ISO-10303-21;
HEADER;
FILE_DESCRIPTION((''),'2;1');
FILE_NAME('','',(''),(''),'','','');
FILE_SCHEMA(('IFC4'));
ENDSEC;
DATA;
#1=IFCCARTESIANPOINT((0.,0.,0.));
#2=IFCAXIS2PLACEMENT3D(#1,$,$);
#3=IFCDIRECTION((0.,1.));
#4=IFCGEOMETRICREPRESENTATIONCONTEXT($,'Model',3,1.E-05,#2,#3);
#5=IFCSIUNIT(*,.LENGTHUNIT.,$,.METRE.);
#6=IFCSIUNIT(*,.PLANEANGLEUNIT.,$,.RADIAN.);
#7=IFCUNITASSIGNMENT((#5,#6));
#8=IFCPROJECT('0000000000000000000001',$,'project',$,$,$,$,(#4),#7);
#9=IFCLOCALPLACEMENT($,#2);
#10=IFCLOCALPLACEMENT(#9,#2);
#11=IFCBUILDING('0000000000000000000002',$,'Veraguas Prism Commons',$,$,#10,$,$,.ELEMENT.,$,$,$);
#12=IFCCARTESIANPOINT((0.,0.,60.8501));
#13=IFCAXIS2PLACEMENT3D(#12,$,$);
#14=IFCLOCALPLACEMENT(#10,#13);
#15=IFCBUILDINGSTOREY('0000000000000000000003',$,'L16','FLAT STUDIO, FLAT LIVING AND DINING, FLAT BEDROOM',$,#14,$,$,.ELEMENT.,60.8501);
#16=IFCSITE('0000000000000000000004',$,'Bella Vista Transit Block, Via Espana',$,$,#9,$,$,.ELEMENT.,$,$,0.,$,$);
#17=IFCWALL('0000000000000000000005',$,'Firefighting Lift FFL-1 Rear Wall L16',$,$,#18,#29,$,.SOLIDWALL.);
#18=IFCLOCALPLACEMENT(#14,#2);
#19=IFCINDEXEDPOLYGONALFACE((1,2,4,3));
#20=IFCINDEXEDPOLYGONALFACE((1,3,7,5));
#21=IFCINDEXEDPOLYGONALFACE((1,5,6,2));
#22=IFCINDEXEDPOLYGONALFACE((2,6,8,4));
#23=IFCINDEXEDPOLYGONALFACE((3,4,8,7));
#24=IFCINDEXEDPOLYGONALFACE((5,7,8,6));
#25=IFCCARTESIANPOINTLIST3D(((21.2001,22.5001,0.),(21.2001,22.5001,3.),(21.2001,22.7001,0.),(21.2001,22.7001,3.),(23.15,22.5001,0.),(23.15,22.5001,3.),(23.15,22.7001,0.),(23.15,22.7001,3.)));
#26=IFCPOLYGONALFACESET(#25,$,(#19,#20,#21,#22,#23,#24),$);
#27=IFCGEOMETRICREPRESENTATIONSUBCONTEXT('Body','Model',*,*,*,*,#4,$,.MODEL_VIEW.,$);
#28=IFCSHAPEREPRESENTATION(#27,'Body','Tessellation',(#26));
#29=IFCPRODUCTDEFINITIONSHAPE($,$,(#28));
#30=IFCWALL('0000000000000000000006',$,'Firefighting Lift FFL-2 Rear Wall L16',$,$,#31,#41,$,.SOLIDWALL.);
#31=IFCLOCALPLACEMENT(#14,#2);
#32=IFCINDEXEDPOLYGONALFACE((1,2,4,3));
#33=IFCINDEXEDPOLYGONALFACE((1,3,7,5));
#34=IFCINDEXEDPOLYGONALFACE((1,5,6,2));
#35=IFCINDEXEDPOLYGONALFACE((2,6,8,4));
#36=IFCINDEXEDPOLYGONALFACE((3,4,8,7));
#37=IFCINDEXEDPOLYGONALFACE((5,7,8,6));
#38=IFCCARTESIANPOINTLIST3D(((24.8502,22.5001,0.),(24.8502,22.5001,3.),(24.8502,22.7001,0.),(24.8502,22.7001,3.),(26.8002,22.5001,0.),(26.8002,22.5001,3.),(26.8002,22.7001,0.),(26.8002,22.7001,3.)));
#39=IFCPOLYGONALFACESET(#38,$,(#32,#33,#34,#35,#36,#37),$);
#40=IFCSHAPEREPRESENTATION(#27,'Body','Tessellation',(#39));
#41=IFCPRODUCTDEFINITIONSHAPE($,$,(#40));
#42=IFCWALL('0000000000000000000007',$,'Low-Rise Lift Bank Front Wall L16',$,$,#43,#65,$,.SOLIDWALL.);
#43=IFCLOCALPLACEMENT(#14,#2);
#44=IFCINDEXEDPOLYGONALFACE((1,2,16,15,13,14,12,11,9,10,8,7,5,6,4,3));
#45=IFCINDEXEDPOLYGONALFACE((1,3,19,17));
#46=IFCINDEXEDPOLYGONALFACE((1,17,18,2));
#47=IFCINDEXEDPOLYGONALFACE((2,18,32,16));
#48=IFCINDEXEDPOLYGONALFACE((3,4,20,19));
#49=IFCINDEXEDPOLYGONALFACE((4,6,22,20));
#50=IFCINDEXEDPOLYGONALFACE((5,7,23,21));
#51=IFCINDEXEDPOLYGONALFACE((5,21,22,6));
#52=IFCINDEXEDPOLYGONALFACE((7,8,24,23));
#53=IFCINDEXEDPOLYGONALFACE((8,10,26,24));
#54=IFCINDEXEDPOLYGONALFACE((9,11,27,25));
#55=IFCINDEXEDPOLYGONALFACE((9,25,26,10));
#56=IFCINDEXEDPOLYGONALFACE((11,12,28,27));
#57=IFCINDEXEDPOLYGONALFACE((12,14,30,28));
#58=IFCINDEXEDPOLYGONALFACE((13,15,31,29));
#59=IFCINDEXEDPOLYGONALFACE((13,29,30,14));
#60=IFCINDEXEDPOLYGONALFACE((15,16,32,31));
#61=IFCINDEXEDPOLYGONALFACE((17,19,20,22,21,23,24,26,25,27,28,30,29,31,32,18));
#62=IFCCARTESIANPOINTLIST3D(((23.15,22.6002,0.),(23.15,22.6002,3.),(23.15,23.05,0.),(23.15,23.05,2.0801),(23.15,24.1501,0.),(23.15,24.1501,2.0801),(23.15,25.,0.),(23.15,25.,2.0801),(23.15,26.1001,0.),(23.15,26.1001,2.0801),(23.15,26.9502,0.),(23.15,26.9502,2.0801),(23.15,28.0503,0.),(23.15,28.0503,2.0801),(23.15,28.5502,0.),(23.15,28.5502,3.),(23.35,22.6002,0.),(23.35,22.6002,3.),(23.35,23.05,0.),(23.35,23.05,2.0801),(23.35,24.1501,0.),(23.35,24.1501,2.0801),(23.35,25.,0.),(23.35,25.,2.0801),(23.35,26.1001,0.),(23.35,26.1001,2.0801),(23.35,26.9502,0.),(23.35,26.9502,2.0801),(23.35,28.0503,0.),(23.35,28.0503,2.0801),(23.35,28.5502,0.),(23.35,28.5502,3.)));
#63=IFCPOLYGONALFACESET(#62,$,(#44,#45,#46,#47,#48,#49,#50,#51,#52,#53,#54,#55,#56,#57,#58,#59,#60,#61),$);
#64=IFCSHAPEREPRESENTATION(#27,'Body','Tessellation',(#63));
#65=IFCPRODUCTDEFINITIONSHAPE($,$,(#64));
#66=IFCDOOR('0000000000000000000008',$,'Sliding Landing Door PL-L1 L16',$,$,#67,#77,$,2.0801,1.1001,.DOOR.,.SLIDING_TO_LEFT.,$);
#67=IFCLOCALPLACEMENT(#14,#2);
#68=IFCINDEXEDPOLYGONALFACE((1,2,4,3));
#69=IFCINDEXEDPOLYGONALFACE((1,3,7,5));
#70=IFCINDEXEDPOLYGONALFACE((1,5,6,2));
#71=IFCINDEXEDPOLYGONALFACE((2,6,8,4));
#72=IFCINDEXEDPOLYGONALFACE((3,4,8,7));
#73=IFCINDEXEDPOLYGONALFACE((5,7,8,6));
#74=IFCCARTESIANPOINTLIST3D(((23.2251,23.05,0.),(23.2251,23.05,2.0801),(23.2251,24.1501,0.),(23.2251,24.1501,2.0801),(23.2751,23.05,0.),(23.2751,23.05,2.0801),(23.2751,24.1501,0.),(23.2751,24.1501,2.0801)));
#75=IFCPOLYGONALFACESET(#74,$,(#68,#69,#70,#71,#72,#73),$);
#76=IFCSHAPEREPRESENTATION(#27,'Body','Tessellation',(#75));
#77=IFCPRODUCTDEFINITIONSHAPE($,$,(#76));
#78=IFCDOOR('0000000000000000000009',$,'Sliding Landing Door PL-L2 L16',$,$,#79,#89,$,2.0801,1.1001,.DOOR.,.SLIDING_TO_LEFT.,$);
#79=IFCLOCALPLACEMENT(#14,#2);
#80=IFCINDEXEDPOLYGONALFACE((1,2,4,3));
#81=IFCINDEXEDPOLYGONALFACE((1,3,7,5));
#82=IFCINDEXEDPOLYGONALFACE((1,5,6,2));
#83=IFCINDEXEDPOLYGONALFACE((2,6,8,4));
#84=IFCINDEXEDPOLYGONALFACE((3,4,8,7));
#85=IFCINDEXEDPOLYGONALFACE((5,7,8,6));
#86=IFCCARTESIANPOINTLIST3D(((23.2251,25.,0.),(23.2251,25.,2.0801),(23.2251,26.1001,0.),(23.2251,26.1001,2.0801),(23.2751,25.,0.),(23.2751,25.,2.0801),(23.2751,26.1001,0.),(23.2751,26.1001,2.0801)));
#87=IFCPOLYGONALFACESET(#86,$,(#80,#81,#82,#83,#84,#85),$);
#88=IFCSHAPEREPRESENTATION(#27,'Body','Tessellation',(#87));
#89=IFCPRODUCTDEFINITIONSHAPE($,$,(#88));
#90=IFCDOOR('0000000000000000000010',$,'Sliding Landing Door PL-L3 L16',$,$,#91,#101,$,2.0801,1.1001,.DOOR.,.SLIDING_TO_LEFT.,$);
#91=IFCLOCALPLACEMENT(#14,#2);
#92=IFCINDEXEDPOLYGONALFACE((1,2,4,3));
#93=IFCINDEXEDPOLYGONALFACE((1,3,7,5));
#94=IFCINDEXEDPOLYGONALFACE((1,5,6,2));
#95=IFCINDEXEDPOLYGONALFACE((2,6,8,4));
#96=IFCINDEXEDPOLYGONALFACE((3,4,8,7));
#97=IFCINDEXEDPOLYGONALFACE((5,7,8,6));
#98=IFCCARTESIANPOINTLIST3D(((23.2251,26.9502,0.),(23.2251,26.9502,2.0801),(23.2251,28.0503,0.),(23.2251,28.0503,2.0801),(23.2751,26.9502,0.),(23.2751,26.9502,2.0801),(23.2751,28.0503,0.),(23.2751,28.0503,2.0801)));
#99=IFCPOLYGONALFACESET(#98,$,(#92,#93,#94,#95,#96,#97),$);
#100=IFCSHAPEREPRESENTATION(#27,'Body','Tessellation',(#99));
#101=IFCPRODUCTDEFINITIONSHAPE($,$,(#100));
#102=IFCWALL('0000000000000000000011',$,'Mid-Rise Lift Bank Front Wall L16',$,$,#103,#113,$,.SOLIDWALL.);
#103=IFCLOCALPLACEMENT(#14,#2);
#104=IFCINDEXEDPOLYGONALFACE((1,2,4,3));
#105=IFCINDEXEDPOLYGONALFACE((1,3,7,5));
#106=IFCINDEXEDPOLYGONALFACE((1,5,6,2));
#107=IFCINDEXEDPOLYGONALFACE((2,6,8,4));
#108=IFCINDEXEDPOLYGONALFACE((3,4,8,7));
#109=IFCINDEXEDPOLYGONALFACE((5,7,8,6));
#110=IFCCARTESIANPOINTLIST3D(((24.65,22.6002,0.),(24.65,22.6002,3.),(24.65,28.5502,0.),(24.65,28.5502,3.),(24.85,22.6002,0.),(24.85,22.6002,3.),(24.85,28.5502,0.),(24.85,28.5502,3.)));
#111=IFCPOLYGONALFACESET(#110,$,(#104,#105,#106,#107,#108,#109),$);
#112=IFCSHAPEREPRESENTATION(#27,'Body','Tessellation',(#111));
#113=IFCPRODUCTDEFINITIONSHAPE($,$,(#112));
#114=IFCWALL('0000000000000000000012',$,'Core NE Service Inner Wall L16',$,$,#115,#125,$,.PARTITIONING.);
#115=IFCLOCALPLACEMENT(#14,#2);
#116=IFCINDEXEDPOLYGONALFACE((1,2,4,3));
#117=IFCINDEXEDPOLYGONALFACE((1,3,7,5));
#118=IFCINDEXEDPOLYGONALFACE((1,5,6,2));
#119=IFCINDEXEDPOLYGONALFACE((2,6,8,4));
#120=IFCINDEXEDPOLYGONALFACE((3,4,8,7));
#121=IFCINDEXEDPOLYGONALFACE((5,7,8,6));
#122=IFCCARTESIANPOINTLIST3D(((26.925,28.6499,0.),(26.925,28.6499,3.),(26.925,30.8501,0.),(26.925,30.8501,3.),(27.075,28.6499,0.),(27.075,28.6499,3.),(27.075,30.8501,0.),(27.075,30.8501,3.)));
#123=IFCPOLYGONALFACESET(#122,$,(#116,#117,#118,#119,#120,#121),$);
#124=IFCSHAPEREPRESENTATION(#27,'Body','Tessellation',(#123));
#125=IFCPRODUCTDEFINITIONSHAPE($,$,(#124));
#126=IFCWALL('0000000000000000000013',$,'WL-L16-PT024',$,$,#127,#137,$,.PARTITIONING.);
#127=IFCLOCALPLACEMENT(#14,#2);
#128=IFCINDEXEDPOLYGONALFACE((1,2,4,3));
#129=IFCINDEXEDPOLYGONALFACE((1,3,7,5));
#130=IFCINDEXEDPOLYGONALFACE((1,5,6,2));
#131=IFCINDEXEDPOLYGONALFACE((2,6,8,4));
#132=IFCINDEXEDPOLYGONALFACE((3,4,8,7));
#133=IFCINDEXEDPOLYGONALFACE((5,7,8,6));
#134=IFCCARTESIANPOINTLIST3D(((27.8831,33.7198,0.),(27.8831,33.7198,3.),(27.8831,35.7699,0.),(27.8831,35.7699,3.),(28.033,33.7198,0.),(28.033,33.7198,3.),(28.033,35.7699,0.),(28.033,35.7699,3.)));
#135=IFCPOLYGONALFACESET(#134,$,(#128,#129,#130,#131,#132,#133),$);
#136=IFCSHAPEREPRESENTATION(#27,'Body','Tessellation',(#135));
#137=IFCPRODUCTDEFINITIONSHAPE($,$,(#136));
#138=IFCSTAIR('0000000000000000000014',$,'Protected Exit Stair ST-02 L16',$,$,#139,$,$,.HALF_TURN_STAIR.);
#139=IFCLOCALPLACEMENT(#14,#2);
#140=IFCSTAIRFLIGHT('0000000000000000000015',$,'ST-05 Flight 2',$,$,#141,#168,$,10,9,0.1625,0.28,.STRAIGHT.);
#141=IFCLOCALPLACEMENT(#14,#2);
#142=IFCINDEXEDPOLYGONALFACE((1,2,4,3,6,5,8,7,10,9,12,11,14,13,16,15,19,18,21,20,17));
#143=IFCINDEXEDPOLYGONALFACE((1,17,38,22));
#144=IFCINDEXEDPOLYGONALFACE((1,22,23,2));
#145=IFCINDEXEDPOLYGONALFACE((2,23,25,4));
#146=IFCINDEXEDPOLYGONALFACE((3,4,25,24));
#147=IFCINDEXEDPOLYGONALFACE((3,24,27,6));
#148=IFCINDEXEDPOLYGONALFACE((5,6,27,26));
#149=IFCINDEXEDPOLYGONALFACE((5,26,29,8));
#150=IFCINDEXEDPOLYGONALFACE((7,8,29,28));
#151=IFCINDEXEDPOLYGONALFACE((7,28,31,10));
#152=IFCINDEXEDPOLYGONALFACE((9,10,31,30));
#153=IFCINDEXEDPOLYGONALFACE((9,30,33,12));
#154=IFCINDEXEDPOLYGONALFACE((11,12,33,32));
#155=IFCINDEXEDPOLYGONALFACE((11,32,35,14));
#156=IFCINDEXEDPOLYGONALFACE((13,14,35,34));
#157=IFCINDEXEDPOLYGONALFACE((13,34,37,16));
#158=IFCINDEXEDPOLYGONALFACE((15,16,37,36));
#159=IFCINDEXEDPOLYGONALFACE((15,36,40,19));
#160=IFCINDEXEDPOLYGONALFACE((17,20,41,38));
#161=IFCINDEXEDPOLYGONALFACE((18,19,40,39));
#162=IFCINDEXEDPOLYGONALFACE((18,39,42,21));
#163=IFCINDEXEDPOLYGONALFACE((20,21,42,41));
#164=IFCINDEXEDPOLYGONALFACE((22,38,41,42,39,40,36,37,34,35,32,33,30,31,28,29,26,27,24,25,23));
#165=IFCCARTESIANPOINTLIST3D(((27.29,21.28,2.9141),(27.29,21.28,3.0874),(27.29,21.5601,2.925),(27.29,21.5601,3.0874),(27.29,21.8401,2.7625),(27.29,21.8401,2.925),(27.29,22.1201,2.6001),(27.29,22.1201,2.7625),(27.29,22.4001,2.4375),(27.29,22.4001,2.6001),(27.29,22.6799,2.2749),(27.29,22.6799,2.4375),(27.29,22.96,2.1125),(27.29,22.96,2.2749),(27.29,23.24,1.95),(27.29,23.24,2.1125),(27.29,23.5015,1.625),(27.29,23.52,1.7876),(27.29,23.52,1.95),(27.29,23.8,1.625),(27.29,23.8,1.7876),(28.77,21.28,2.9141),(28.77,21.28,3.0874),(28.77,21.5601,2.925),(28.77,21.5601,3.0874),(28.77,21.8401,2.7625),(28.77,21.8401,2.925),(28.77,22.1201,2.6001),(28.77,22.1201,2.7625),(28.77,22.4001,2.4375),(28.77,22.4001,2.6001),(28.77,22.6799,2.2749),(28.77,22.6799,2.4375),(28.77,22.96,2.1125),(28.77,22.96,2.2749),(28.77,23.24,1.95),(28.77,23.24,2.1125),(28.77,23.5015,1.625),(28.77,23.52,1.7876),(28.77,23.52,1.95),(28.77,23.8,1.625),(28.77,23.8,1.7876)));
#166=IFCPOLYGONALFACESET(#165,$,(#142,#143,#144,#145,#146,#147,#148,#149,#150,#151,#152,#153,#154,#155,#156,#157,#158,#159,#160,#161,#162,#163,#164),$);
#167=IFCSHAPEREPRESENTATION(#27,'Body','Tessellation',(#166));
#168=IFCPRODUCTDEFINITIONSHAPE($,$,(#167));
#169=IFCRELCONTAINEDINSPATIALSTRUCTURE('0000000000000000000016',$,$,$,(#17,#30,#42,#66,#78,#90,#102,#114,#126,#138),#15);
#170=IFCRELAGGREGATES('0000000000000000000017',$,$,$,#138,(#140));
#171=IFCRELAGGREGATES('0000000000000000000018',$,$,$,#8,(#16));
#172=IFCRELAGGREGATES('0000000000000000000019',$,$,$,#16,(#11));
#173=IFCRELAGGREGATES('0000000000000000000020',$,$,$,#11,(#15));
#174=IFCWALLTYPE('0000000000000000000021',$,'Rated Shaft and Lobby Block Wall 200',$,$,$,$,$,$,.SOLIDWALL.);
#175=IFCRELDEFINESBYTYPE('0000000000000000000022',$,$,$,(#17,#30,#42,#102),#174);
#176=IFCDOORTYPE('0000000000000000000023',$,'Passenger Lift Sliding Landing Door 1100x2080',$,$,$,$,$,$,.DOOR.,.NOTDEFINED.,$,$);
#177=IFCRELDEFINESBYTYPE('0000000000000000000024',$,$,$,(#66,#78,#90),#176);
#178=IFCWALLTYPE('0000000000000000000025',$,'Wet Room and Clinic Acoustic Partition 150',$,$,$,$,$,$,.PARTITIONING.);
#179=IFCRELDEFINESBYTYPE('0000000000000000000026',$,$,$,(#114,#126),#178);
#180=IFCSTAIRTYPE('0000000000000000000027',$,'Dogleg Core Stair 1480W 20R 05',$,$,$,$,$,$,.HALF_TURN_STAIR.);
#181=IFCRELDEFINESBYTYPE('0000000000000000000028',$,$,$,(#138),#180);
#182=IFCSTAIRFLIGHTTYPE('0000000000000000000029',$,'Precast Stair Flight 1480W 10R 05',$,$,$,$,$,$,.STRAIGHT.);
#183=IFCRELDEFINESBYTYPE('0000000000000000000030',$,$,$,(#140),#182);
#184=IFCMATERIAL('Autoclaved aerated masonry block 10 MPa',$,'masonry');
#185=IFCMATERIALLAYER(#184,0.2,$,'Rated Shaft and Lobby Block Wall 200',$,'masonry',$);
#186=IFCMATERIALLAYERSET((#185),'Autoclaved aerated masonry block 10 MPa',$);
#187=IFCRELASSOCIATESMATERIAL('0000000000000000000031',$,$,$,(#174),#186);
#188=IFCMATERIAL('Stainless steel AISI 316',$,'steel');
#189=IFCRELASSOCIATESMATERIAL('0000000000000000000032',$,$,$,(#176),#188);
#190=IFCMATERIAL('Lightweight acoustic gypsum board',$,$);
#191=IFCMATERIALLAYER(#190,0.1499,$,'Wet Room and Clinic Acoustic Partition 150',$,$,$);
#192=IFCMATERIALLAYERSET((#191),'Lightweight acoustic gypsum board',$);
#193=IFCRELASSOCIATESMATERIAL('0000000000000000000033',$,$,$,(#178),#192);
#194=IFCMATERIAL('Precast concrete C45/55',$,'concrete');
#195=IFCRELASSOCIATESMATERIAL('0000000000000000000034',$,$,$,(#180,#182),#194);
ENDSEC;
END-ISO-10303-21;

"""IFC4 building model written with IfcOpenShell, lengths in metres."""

from ifc_helpers import new_model, si_unit, direction, frame, frame_2d, origin, place, context, subcontext, project, spatial, polyline, rectangle, outline, extrude, source, transform, mapped, material, layer, layer_set, type_object, element, fill, aggregate, save


model = new_model("IFC4")

# Units and contexts
model_context = context("Model", 3, precision=1e-05, world=origin(), true_north=direction((0.0, 1.0)))
body_context = subcontext(model_context, "Body", "Model", "MODEL_VIEW")
ifc_project = project(units=[si_unit("LENGTHUNIT", "METRE"), si_unit("PLANEANGLEUNIT", "RADIAN")], contexts=[model_context])

# Site, building, storey
site_placement = place(None, origin())
site = spatial("IfcSite", under=ifc_project, at=site_placement, Name="Bella Vista Transit Block, Via Espana", CompositionType="ELEMENT", RefElevation=0.0)
building_placement = place(site_placement, origin())
building = spatial("IfcBuilding", under=site, at=building_placement, Name="Veraguas Prism Commons", CompositionType="ELEMENT")
storey_placement = place(building_placement, frame((0.0, 0.0, 60.8501)))
storey = spatial("IfcBuildingStorey", under=building, at=storey_placement, Name="L16", Description="FLAT STUDIO, FLAT LIVING AND DINING, FLAT BEDROOM", CompositionType="ELEMENT", Elevation=60.8501)

# Shared definitions
ifc_material_1 = material(Name="Autoclaved aerated masonry block 10 MPa", Category="masonry")

# Walls
ifc_layer_1 = layer(ifc_material_1, 0.2, Name="Rated Shaft and Lobby Block Wall 200", Category="masonry")
ifc_layer_set_1 = layer_set([ifc_layer_1], Name="Autoclaved aerated masonry block 10 MPa")
wall_type_1 = type_object("IfcWallType", Name="Rated Shaft and Lobby Block Wall 200", PredefinedType="SOLIDWALL", material=ifc_layer_set_1)
for number, where, z_axis, x_axis, name in (
    (1, (21.2, 22.6001, 0.0), (0.0, 0.0, 1.0), (1.0, 0.0, 0.0), "Firefighting Lift FFL-1 Rear Wall L16"),
    (2, (24.8501, 22.6001, 0.0), (0.0, 0.0, 1.0), (1.0, 0.0, 0.0), "Firefighting Lift FFL-2 Rear Wall L16"),
):
    element("IfcWall", number, at=place(storey_placement, frame(where, z_axis=z_axis, x_axis=x_axis)), inside=storey, type_object=wall_type_1, Name=name, PredefinedType="SOLIDWALL", context=body_context, shape_type="SweptSolid", body=[
        extrude(rectangle(XDim=1.95, YDim=0.2, at=frame_2d((0.9751, 0.0))), origin(), (0.0, 0.0, 1.0), 3.0),
    ])

# Wall, openings, doors
wall_1_placement = place(storey_placement, frame((23.25, 22.6001, 0.0), z_axis=(0.0, 0.0, 1.0), x_axis=(0.0, 1.0, 0.0)))
wall_1 = element("IfcWall", 3, at=wall_1_placement, inside=storey, type_object=wall_type_1, Name="Low-Rise Lift Bank Front Wall L16", PredefinedType="SOLIDWALL", context=body_context, shape_type="SweptSolid", body=[
    extrude(rectangle(XDim=5.95, YDim=0.2, at=frame_2d((2.9751, 0.0))), origin(), (0.0, 0.0, 1.0), 3.0),
])
opening_1_placement = place(wall_1_placement, frame((0.45, 0.0, 0.0)))
opening_1 = element("IfcOpeningElement", 4, at=opening_1_placement, cuts=wall_1, PredefinedType="OPENING", context=body_context, shape_type="SweptSolid", body=[
    extrude(rectangle(XDim=1.1001, YDim=2.0801, at=frame_2d((0.55, 1.04))), frame((0.0, 0.1099, 0.0), z_axis=(0.0, -1.0, 0.0), x_axis=(1.0, 0.0, 0.0)), (0.0, 0.0, 1.0), 0.22),
])
opening_2_placement = place(wall_1_placement, frame((2.3999, 0.0, 0.0)))
opening_2 = element("IfcOpeningElement", 5, at=opening_2_placement, cuts=wall_1, PredefinedType="OPENING", context=body_context, shape_type="SweptSolid", body=[
    extrude(rectangle(XDim=1.1001, YDim=2.0801, at=frame_2d((0.55, 1.04))), frame((0.0, 0.1099, 0.0), z_axis=(0.0, -1.0, 0.0), x_axis=(1.0, 0.0, 0.0)), (0.0, 0.0, 1.0), 0.22),
])
opening_3_placement = place(wall_1_placement, frame((4.3501, 0.0, 0.0)))
opening_3 = element("IfcOpeningElement", 6, at=opening_3_placement, cuts=wall_1, PredefinedType="OPENING", context=body_context, shape_type="SweptSolid", body=[
    extrude(rectangle(XDim=1.1001, YDim=2.0801, at=frame_2d((0.55, 1.04))), frame((0.0, 0.1099, 0.0), z_axis=(0.0, -1.0, 0.0), x_axis=(1.0, 0.0, 0.0)), (0.0, 0.0, 1.0), 0.22),
])
ifc_material_2 = material(Name="Stainless steel AISI 316", Category="steel")
door_type_1 = type_object("IfcDoorType", Name="Passenger Lift Sliding Landing Door 1100x2080", OperationType="NOTDEFINED", PredefinedType="DOOR", material=ifc_material_2)
shared_shape_1 = source(origin(), body_context, "Body", "SweptSolid", [
    extrude(rectangle(XDim=1.1001, YDim=2.0801, at=frame_2d((0.55, 1.04))), frame((0.0, 0.0249, 0.0), z_axis=(0.0, -1.0, 0.0), x_axis=(1.0, 0.0, 0.0)), (0.0, 0.0, 1.0), 0.05),
])
door_1_placement = place(opening_1_placement, origin())
door_1 = element("IfcDoor", 7, at=door_1_placement, inside=storey, type_object=door_type_1, Name="Sliding Landing Door PL-L1 L16", OperationType="SLIDING_TO_LEFT", OverallHeight=2.0801, OverallWidth=1.1001, PredefinedType="DOOR", context=body_context, shape_type="MappedRepresentation", body=[
    mapped(shared_shape_1, transform((0.0, 0.0, 0.0), scale=1.0)),
])
fill(opening_1, door_1)
door_2_placement = place(opening_2_placement, origin())
door_2 = element("IfcDoor", 8, at=door_2_placement, inside=storey, type_object=door_type_1, Name="Sliding Landing Door PL-L2 L16", OperationType="SLIDING_TO_LEFT", OverallHeight=2.0801, OverallWidth=1.1001, PredefinedType="DOOR", context=body_context, shape_type="MappedRepresentation", body=[
    mapped(shared_shape_1, transform((0.0, 0.0, 0.0), scale=1.0)),
])
fill(opening_2, door_2)
door_3_placement = place(opening_3_placement, origin())
door_3 = element("IfcDoor", 9, at=door_3_placement, inside=storey, type_object=door_type_1, Name="Sliding Landing Door PL-L3 L16", OperationType="SLIDING_TO_LEFT", OverallHeight=2.0801, OverallWidth=1.1001, PredefinedType="DOOR", context=body_context, shape_type="MappedRepresentation", body=[
    mapped(shared_shape_1, transform((0.0, 0.0, 0.0), scale=1.0)),
])
fill(opening_3, door_3)

# Walls
wall_2_placement = place(storey_placement, frame((24.75, 22.6001, 0.0), z_axis=(0.0, 0.0, 1.0), x_axis=(0.0, 1.0, 0.0)))
element("IfcWall", 10, at=wall_2_placement, inside=storey, type_object=wall_type_1, Name="Mid-Rise Lift Bank Front Wall L16", PredefinedType="SOLIDWALL", context=body_context, shape_type="SweptSolid", body=[
    extrude(rectangle(XDim=5.95, YDim=0.2, at=frame_2d((2.9751, 0.0))), origin(), (0.0, 0.0, 1.0), 3.0),
])
ifc_material_3 = material(Name="Lightweight acoustic gypsum board")
ifc_layer_2 = layer(ifc_material_3, 0.1499, Name="Wet Room and Clinic Acoustic Partition 150")
ifc_layer_set_2 = layer_set([ifc_layer_2], Name="Lightweight acoustic gypsum board")
wall_type_2 = type_object("IfcWallType", Name="Wet Room and Clinic Acoustic Partition 150", PredefinedType="PARTITIONING", material=ifc_layer_set_2)
wall_3_placement = place(storey_placement, frame((27.0, 28.6499, 0.0), z_axis=(0.0, 0.0, 1.0), x_axis=(0.0, 1.0, 0.0)))
element("IfcWall", 11, at=wall_3_placement, inside=storey, type_object=wall_type_2, Name="Core NE Service Inner Wall L16", PredefinedType="PARTITIONING", context=body_context, shape_type="SweptSolid", body=[
    extrude(rectangle(XDim=2.2002, YDim=0.1499, at=frame_2d((1.1001, 0.0))), origin(), (0.0, 0.0, 1.0), 3.0),
])
wall_4_placement = place(storey_placement, frame((27.958, 33.72, 0.0), z_axis=(0.0, 0.0, 1.0), x_axis=(0.0, 1.0, 0.0)))
element("IfcWall", 12, at=wall_4_placement, inside=storey, type_object=wall_type_2, Name="WL-L16-PT024", PredefinedType="PARTITIONING", context=body_context, shape_type="SweptSolid", body=[
    extrude(rectangle(XDim=2.05, YDim=0.1499, at=frame_2d((1.0249, 0.0))), origin(), (0.0, 0.0, 1.0), 3.0),
])

# Stair, stair flight
ifc_material_4 = material(Name="Precast concrete C45/55", Category="concrete")
stair_type = type_object("IfcStairType", Name="Dogleg Core Stair 1480W 20R 05", PredefinedType="HALF_TURN_STAIR", material=ifc_material_4)
stair_placement = place(storey_placement, origin())
stair = element("IfcStair", 13, at=stair_placement, inside=storey, type_object=stair_type, Name="Protected Exit Stair ST-02 L16", PredefinedType="HALF_TURN_STAIR")
stair_flight_type = type_object("IfcStairFlightType", Name="Precast Stair Flight 1480W 10R 05", PredefinedType="STRAIGHT", material=ifc_material_4)
stair_flight_placement = place(storey_placement, frame((28.03, 23.8, 1.625), z_axis=(0.0, 0.0, 1.0), x_axis=(0.0, -1.0, 0.0)))
stair_flight = element("IfcStairFlight", 14, at=stair_flight_placement, type_object=stair_flight_type, Name="ST-05 Flight 2", NumberOfRisers=10, NumberOfTreads=9, PredefinedType="STRAIGHT", RiserHeight=0.1625, TreadLength=0.28, context=body_context, shape_type="SweptSolid", body=[
    extrude(outline(polyline([(0.0, 0.0), (0.0, 0.1626), (0.28, 0.1626), (0.28, 0.325), (0.5601, 0.325), (0.5601, 0.4875), (0.8401, 0.4875), (0.8401, 0.6499), (1.1201, 0.6499), (1.1201, 0.8125), (1.3999, 0.8125), (1.3999, 0.9751), (1.6799, 0.9751), (1.6799, 1.1375), (1.96, 1.1375), (1.96, 1.3), (2.24, 1.3), (2.24, 1.4624), (2.52, 1.4624), (2.52, 1.625), (2.52, 1.2891), (0.2986, 0.0), (0.0, 0.0)])), frame((0.0, 0.74, 0.0), z_axis=(0.0, -1.0, 0.0), x_axis=(1.0, 0.0, 0.0)), (0.0, 0.0, 1.0), 1.48),
])
aggregate(stair, [stair_flight])

save(model, "model.ifc")
